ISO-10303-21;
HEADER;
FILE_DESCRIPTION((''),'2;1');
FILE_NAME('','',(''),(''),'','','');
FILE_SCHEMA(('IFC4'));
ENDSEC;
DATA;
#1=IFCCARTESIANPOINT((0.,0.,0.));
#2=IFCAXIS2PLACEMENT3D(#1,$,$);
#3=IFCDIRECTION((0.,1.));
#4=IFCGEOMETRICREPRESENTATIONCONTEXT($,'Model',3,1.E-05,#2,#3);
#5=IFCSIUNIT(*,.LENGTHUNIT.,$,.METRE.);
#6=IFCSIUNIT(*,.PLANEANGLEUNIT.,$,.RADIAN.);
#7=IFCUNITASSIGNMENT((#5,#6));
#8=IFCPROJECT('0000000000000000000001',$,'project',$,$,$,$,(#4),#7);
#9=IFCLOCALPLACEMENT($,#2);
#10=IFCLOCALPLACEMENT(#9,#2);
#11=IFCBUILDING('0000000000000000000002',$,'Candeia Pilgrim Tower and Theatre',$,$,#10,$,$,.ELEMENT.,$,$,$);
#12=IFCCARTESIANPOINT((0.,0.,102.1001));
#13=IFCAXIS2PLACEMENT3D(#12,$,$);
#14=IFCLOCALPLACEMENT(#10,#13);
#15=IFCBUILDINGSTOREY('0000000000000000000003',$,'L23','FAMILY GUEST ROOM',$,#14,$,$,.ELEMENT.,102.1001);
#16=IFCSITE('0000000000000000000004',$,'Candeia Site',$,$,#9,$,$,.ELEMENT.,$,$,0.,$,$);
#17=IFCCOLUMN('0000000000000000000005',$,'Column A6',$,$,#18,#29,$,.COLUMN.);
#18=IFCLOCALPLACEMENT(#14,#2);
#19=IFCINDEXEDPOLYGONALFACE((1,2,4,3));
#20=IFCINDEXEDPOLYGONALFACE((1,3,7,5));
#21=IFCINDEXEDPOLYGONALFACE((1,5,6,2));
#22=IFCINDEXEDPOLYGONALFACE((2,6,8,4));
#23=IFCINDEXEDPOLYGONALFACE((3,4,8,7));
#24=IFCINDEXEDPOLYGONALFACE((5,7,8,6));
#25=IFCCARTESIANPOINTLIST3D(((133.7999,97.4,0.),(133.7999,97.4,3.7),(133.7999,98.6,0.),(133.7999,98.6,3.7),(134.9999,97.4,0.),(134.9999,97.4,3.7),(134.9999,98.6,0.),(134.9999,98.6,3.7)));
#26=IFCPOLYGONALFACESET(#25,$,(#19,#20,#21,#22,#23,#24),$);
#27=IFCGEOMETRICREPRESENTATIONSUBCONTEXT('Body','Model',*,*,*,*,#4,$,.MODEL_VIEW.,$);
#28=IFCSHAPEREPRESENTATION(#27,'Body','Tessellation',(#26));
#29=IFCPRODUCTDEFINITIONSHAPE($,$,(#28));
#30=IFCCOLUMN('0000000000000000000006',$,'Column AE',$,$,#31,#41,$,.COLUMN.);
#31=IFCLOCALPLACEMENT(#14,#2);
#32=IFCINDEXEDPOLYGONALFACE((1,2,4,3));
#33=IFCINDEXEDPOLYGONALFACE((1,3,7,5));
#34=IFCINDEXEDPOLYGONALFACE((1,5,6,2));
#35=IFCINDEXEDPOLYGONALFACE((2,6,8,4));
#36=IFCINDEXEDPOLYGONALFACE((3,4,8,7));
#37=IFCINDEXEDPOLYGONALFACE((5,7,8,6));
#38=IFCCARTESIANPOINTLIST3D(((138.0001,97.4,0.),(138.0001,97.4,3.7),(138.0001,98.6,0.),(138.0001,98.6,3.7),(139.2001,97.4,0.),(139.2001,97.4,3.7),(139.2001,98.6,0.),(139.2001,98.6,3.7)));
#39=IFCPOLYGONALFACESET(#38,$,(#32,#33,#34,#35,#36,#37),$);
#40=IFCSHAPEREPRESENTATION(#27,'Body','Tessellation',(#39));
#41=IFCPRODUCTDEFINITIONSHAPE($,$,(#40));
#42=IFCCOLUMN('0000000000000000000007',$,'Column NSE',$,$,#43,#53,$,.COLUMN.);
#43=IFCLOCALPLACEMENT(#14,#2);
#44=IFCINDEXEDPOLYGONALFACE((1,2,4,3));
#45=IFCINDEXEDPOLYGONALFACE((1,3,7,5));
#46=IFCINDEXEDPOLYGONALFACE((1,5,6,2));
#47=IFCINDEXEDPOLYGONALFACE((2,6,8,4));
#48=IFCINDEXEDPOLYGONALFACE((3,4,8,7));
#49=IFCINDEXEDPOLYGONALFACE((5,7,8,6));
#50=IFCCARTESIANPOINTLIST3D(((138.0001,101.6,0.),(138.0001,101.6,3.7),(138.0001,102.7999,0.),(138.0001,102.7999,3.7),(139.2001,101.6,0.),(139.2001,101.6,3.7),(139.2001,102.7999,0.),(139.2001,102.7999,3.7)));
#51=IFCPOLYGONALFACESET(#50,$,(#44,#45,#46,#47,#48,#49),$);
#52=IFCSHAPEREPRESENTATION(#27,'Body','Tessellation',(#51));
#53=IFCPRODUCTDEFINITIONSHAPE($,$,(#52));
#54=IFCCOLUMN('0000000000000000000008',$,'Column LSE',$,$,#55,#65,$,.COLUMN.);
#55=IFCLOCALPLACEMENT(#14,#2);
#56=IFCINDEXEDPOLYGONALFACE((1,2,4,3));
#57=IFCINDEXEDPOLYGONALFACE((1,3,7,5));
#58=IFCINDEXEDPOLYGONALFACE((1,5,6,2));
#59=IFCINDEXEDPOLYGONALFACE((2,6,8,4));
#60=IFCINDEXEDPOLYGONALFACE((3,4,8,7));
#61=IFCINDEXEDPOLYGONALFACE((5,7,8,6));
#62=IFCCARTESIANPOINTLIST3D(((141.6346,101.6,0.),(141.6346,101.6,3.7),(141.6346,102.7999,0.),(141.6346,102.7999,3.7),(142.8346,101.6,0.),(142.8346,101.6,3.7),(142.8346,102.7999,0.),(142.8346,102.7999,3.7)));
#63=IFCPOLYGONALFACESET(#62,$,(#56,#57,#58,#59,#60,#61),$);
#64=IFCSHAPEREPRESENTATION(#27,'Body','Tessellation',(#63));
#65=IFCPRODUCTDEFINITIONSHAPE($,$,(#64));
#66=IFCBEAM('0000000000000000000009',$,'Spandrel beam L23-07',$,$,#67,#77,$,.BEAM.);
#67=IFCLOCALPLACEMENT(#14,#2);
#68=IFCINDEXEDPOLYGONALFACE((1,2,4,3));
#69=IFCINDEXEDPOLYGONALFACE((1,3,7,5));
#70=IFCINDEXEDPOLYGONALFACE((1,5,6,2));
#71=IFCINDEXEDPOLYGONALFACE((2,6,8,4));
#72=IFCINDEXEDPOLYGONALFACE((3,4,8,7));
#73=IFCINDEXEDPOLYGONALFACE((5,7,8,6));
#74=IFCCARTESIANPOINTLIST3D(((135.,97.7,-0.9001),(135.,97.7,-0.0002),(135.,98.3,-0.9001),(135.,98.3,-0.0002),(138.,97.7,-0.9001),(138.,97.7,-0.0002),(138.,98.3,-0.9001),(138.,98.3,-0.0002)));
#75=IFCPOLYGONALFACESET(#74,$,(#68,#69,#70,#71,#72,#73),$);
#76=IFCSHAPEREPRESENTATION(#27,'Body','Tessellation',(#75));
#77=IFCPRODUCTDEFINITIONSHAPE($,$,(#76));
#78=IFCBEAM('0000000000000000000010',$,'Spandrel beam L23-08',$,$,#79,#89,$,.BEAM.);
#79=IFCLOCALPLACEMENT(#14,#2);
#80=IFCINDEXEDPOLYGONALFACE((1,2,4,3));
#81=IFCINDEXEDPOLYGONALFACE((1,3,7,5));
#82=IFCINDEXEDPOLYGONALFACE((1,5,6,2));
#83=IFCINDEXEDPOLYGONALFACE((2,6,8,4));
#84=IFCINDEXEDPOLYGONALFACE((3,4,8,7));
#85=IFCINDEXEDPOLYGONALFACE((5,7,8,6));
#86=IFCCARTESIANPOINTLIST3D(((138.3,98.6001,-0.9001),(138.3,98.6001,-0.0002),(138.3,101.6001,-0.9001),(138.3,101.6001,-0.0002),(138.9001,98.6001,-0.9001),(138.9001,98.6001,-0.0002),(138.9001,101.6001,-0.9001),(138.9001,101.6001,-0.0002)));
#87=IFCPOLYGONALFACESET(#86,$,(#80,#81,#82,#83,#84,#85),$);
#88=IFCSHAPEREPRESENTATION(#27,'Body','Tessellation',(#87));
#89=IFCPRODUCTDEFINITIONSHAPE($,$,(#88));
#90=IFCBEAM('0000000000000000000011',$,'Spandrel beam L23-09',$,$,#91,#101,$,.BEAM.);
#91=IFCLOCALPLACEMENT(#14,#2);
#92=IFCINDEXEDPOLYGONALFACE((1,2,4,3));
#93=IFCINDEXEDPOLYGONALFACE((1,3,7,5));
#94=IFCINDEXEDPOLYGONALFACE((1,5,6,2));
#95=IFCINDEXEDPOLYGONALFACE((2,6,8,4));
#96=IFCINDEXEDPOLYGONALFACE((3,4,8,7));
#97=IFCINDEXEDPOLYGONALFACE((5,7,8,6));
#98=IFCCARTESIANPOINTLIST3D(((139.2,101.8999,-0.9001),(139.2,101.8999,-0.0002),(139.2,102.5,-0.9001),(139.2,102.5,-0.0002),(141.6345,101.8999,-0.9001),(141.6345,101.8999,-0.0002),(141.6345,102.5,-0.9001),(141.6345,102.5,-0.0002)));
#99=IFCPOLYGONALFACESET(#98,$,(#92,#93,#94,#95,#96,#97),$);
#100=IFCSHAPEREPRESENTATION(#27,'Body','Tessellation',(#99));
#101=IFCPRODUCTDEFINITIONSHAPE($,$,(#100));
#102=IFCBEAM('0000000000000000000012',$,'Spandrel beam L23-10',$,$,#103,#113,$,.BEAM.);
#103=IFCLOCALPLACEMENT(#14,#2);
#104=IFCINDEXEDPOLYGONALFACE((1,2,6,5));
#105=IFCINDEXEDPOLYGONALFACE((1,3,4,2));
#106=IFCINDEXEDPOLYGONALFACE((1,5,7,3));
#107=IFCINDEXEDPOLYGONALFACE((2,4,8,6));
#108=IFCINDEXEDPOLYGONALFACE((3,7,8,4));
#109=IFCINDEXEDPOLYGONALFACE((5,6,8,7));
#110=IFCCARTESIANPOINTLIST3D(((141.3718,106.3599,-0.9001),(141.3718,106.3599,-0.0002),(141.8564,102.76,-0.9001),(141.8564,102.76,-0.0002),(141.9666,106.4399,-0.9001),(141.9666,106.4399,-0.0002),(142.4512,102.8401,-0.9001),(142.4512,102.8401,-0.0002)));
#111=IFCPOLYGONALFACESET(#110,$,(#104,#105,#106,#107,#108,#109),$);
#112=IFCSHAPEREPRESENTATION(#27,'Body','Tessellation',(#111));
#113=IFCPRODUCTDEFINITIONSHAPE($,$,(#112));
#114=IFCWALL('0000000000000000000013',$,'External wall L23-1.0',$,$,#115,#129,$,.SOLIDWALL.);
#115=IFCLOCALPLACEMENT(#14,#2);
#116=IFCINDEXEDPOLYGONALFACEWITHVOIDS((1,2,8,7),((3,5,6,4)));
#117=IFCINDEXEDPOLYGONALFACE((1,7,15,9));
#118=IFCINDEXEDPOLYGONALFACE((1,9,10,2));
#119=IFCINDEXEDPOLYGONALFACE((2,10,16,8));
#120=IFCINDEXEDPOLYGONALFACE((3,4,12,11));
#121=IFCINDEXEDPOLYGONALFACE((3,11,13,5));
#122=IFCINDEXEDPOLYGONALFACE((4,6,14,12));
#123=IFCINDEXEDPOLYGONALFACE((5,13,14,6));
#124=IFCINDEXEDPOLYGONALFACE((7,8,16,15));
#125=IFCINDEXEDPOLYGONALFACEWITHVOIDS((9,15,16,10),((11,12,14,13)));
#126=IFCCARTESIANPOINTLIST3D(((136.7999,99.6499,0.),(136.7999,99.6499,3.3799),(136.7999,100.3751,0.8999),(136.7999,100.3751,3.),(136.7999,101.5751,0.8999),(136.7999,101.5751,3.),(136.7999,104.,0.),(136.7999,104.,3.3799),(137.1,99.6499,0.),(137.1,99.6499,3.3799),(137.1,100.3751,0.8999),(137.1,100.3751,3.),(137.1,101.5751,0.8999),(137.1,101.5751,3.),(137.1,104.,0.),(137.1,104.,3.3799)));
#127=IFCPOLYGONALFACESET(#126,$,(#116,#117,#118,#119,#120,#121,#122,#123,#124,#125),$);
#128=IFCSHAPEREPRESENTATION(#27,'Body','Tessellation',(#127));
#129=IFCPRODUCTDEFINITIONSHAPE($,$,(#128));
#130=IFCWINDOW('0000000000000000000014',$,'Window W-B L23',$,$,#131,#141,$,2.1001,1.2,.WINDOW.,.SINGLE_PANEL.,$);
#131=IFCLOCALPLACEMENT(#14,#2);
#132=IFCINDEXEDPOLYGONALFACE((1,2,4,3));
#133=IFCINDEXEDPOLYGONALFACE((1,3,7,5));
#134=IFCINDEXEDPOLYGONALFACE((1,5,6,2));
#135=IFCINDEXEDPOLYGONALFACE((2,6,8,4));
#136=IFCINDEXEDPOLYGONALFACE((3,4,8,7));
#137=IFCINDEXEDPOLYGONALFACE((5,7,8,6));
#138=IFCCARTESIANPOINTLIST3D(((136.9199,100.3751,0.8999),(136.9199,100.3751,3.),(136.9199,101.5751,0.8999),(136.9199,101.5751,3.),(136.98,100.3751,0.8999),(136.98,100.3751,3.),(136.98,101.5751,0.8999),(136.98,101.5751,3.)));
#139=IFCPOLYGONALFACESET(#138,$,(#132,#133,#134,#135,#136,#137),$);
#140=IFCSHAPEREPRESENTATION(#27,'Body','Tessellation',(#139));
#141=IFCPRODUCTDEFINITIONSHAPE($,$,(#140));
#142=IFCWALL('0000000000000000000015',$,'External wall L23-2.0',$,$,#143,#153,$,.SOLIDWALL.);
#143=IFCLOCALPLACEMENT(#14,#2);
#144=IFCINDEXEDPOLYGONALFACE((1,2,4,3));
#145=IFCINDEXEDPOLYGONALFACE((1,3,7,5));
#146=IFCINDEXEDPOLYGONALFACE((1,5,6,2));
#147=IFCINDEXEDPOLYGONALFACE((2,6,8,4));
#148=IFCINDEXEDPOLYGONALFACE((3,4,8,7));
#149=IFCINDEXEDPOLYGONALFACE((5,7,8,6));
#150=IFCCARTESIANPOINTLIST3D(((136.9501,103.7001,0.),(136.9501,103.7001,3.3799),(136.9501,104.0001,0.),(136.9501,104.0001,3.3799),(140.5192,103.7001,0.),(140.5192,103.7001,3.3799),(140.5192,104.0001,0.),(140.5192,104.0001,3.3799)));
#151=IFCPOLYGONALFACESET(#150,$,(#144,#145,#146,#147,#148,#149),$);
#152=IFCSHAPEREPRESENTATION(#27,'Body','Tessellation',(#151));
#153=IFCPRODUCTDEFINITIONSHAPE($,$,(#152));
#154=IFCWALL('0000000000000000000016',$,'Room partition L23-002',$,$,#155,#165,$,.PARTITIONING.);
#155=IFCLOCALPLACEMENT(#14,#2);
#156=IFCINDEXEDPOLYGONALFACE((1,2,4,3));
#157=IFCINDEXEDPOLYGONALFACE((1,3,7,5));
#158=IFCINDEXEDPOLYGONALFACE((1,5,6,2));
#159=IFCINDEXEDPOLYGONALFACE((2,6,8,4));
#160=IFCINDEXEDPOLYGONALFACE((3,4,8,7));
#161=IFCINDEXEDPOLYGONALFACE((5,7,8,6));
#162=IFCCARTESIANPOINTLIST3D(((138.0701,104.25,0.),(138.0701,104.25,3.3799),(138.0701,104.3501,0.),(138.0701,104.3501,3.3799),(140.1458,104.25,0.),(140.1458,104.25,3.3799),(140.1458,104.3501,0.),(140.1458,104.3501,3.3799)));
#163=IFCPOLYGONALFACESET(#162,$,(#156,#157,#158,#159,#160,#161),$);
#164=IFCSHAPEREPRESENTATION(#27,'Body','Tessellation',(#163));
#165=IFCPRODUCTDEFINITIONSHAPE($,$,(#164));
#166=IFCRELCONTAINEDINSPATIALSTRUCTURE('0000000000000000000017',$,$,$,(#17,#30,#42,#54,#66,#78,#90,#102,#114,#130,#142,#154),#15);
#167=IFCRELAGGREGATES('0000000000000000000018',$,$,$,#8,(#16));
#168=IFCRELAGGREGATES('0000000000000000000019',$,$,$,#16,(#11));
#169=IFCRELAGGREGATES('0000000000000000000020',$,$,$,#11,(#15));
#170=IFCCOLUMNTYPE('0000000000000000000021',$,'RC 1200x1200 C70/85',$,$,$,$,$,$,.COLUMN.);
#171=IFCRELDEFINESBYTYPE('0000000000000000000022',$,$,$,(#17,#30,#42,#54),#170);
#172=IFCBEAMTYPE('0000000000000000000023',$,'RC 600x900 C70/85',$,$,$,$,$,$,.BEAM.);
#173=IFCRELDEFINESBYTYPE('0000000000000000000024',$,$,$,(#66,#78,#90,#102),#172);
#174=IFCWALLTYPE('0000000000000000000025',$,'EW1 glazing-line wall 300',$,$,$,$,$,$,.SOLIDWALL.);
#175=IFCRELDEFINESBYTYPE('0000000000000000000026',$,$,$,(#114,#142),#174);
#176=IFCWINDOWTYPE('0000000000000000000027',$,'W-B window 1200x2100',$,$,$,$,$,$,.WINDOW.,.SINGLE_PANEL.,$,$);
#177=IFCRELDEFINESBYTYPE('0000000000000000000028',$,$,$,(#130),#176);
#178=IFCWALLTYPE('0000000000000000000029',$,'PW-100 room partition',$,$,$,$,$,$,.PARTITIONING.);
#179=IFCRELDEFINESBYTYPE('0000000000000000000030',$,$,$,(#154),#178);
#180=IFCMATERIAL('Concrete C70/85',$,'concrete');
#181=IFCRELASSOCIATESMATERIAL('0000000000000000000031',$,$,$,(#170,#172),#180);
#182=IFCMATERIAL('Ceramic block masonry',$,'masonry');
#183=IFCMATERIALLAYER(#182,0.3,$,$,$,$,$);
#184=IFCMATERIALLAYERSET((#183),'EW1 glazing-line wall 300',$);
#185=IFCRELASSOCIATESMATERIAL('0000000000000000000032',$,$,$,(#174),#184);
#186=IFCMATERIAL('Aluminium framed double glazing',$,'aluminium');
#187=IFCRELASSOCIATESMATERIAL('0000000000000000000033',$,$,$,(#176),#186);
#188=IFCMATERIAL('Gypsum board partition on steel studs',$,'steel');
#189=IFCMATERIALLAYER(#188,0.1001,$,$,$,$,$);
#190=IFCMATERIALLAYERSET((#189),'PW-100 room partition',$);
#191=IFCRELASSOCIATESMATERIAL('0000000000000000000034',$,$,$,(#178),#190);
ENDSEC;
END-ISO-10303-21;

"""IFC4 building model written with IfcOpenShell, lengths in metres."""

from ifc_helpers import new_model, si_unit, direction, frame, frame_2d, origin, origin_2d, place, context, subcontext, project, spatial, rectangle, extrude, material, layer, layer_set, material_profile, profile_set, type_object, element, fill, save


model = new_model("IFC4")

# Units and contexts
model_context = context("Model", 3, precision=1e-05, world=origin(), true_north=direction((0.0, 1.0)))
body_context = subcontext(model_context, "Body", "Model", "MODEL_VIEW")
ifc_project = project(units=[si_unit("LENGTHUNIT", "METRE"), si_unit("PLANEANGLEUNIT", "RADIAN")], contexts=[model_context])

# Site, building, storey
site_placement = place(None, origin())
site = spatial("IfcSite", under=ifc_project, at=site_placement, Name="Candeia Site", CompositionType="ELEMENT", RefElevation=0.0)
building_placement = place(site_placement, origin())
building = spatial("IfcBuilding", under=site, at=building_placement, Name="Candeia Pilgrim Tower and Theatre", CompositionType="ELEMENT")
storey_placement = place(building_placement, frame((0.0, 0.0, 102.1001)))
storey = spatial("IfcBuildingStorey", under=building, at=storey_placement, Name="L23", Description="FAMILY GUEST ROOM", CompositionType="ELEMENT", Elevation=102.1001)

# Columns
ifc_material_1 = material(Name="Concrete C70/85", Category="concrete")
ifc_material_profile_1 = material_profile(ifc_material_1, rectangle(XDim=1.2, YDim=1.2, at=origin_2d()))
ifc_profile_set_1 = profile_set([ifc_material_profile_1], Name="Concrete C70/85")
column_type = type_object("IfcColumnType", Name="RC 1200x1200 C70/85", PredefinedType="COLUMN", material=ifc_profile_set_1)
for number, where, z_axis, x_axis, name in (
    (1, (134.3999, 98.0, 0.0), (0.0, 0.0, 1.0), (1.0, 0.0, 0.0), "Column A6"),
    (2, (138.6001, 98.0, 0.0), (0.0, 0.0, 1.0), (1.0, 0.0, 0.0), "Column AE"),
    (3, (138.6001, 102.2, 0.0), (0.0, 0.0, 1.0), (1.0, 0.0, 0.0), "Column NSE"),
    (4, (142.2346, 102.2, 0.0), (0.0, 0.0, 1.0), (1.0, 0.0, 0.0), "Column LSE"),
):
    element("IfcColumn", number, at=place(storey_placement, frame(where, z_axis=z_axis, x_axis=x_axis)), inside=storey, type_object=column_type, Name=name, PredefinedType="COLUMN", context=body_context, shape_type="SweptSolid", body=[
        extrude(rectangle(XDim=1.2, YDim=1.2, at=origin_2d()), origin(), (0.0, 0.0, 1.0), 3.7),
    ])

# Beams
ifc_material_profile_2 = material_profile(ifc_material_1, rectangle(XDim=0.6001, YDim=0.8999, at=origin_2d()))
ifc_profile_set_2 = profile_set([ifc_material_profile_2], Name="Concrete C70/85")
beam_type = type_object("IfcBeamType", Name="RC 600x900 C70/85", PredefinedType="BEAM", material=ifc_profile_set_2)
for number, where, z_axis, x_axis, name in (
    (5, (135.0, 98.0, -0.4502), (1.0, 0.0, 0.0), (0.0, 1.0, 0.0), "Spandrel beam L23-07"),
    (6, (138.6001, 98.6001, -0.4502), (0.0, 1.0, 0.0), (-1.0, 0.0, 0.0), "Spandrel beam L23-08"),
):
    element("IfcBeam", number, at=place(storey_placement, frame(where, z_axis=z_axis, x_axis=x_axis)), inside=storey, type_object=beam_type, Name=name, PredefinedType="BEAM", context=body_context, shape_type="SweptSolid", body=[
        extrude(rectangle(XDim=0.6001, YDim=0.8999, at=origin_2d()), origin(), (0.0, 0.0, 1.0), 3.0),
    ])
beam_1_placement = place(storey_placement, frame((139.2, 102.2, -0.4502), z_axis=(1.0, 0.0, 0.0), x_axis=(0.0, 1.0, 0.0)))
element("IfcBeam", 7, at=beam_1_placement, inside=storey, type_object=beam_type, Name="Spandrel beam L23-09", PredefinedType="BEAM", context=body_context, shape_type="SweptSolid", body=[
    extrude(rectangle(XDim=0.6001, YDim=0.8999, at=origin_2d()), origin(), (0.0, 0.0, 1.0), 2.4346),
])
beam_2_placement = place(storey_placement, frame((142.1538, 102.8, -0.4502), z_axis=(-0.133418, 0.99106, 0.0), x_axis=(-0.99106, -0.133418, 0.0)))
element("IfcBeam", 8, at=beam_2_placement, inside=storey, type_object=beam_type, Name="Spandrel beam L23-10", PredefinedType="BEAM", context=body_context, shape_type="SweptSolid", body=[
    extrude(rectangle(XDim=0.6001, YDim=0.8999, at=origin_2d()), origin(), (0.0, 0.0, 1.0), 3.6323),
])

# Wall, opening, window
ifc_material_2 = material(Name="Ceramic block masonry", Category="masonry")
ifc_layer_1 = layer(ifc_material_2, 0.3)
ifc_layer_set_1 = layer_set([ifc_layer_1], Name="EW1 glazing-line wall 300")
wall_type_1 = type_object("IfcWallType", Name="EW1 glazing-line wall 300", PredefinedType="SOLIDWALL", material=ifc_layer_set_1)
wall_1_placement = place(storey_placement, frame((136.95, 99.6499, 0.0), z_axis=(0.0, 0.0, 1.0), x_axis=(0.0, 1.0, 0.0)))
wall_1 = element("IfcWall", 9, at=wall_1_placement, inside=storey, type_object=wall_type_1, Name="External wall L23-1.0", PredefinedType="SOLIDWALL", context=body_context, shape_type="SweptSolid", body=[
    extrude(rectangle(XDim=4.3501, YDim=0.3, at=frame_2d((2.175, 0.0))), origin(), (0.0, 0.0, 1.0), 3.3799),
])
opening_1_placement = place(wall_1_placement, frame((0.7251, 0.0, 0.8999)))
opening_1 = element("IfcOpeningElement", 10, at=opening_1_placement, cuts=wall_1, PredefinedType="OPENING", context=body_context, shape_type="SweptSolid", body=[
    extrude(rectangle(XDim=1.2, YDim=2.1001, at=frame_2d((0.6001, 1.05))), frame((0.0, 0.1602, 0.0), z_axis=(0.0, -1.0, 0.0), x_axis=(1.0, 0.0, 0.0)), (0.0, 0.0, 1.0), 0.3201),
])
ifc_material_3 = material(Name="Aluminium framed double glazing", Category="aluminium")
window_type = type_object("IfcWindowType", Name="W-B window 1200x2100", PartitioningType="SINGLE_PANEL", PredefinedType="WINDOW", material=ifc_material_3)
window_1_placement = place(opening_1_placement, origin())
window_1 = element("IfcWindow", 11, at=window_1_placement, inside=storey, type_object=window_type, Name="Window W-B L23", OverallHeight=2.1001, OverallWidth=1.2, PartitioningType="SINGLE_PANEL", PredefinedType="WINDOW", context=body_context, shape_type="SweptSolid", body=[
    extrude(rectangle(XDim=1.2, YDim=2.1001, at=frame_2d((0.6001, 1.05))), frame((0.0, 0.03, 0.0), z_axis=(0.0, -1.0, 0.0), x_axis=(1.0, 0.0, 0.0)), (0.0, 0.0, 1.0), 0.0601),
])
fill(opening_1, window_1)

# Wall
wall_2_placement = place(storey_placement, frame((136.95, 103.8501, 0.0), z_axis=(0.0, 0.0, 1.0), x_axis=(1.0, 0.0, 0.0)))
element("IfcWall", 12, at=wall_2_placement, inside=storey, type_object=wall_type_1, Name="External wall L23-2.0", PredefinedType="SOLIDWALL", context=body_context, shape_type="SweptSolid", body=[
    extrude(rectangle(XDim=3.5691, YDim=0.3, at=frame_2d((1.7847, 0.0))), origin(), (0.0, 0.0, 1.0), 3.3799),
])

# Wall
ifc_material_4 = material(Name="Gypsum board partition on steel studs", Category="steel")
ifc_layer_2 = layer(ifc_material_4, 0.1001)
ifc_layer_set_2 = layer_set([ifc_layer_2], Name="PW-100 room partition")
wall_type_2 = type_object("IfcWallType", Name="PW-100 room partition", PredefinedType="PARTITIONING", material=ifc_layer_set_2)
wall_3_placement = place(storey_placement, frame((138.0701, 104.3, 0.0), z_axis=(0.0, 0.0, 1.0), x_axis=(1.0, 0.0, 0.0)))
element("IfcWall", 13, at=wall_3_placement, inside=storey, type_object=wall_type_2, Name="Room partition L23-002", PredefinedType="PARTITIONING", context=body_context, shape_type="SweptSolid", body=[
    extrude(rectangle(XDim=2.0757, YDim=0.1001, at=frame_2d((1.0378, 0.0))), origin(), (0.0, 0.0, 1.0), 3.3799),
])

save(model, "model.ifc")
